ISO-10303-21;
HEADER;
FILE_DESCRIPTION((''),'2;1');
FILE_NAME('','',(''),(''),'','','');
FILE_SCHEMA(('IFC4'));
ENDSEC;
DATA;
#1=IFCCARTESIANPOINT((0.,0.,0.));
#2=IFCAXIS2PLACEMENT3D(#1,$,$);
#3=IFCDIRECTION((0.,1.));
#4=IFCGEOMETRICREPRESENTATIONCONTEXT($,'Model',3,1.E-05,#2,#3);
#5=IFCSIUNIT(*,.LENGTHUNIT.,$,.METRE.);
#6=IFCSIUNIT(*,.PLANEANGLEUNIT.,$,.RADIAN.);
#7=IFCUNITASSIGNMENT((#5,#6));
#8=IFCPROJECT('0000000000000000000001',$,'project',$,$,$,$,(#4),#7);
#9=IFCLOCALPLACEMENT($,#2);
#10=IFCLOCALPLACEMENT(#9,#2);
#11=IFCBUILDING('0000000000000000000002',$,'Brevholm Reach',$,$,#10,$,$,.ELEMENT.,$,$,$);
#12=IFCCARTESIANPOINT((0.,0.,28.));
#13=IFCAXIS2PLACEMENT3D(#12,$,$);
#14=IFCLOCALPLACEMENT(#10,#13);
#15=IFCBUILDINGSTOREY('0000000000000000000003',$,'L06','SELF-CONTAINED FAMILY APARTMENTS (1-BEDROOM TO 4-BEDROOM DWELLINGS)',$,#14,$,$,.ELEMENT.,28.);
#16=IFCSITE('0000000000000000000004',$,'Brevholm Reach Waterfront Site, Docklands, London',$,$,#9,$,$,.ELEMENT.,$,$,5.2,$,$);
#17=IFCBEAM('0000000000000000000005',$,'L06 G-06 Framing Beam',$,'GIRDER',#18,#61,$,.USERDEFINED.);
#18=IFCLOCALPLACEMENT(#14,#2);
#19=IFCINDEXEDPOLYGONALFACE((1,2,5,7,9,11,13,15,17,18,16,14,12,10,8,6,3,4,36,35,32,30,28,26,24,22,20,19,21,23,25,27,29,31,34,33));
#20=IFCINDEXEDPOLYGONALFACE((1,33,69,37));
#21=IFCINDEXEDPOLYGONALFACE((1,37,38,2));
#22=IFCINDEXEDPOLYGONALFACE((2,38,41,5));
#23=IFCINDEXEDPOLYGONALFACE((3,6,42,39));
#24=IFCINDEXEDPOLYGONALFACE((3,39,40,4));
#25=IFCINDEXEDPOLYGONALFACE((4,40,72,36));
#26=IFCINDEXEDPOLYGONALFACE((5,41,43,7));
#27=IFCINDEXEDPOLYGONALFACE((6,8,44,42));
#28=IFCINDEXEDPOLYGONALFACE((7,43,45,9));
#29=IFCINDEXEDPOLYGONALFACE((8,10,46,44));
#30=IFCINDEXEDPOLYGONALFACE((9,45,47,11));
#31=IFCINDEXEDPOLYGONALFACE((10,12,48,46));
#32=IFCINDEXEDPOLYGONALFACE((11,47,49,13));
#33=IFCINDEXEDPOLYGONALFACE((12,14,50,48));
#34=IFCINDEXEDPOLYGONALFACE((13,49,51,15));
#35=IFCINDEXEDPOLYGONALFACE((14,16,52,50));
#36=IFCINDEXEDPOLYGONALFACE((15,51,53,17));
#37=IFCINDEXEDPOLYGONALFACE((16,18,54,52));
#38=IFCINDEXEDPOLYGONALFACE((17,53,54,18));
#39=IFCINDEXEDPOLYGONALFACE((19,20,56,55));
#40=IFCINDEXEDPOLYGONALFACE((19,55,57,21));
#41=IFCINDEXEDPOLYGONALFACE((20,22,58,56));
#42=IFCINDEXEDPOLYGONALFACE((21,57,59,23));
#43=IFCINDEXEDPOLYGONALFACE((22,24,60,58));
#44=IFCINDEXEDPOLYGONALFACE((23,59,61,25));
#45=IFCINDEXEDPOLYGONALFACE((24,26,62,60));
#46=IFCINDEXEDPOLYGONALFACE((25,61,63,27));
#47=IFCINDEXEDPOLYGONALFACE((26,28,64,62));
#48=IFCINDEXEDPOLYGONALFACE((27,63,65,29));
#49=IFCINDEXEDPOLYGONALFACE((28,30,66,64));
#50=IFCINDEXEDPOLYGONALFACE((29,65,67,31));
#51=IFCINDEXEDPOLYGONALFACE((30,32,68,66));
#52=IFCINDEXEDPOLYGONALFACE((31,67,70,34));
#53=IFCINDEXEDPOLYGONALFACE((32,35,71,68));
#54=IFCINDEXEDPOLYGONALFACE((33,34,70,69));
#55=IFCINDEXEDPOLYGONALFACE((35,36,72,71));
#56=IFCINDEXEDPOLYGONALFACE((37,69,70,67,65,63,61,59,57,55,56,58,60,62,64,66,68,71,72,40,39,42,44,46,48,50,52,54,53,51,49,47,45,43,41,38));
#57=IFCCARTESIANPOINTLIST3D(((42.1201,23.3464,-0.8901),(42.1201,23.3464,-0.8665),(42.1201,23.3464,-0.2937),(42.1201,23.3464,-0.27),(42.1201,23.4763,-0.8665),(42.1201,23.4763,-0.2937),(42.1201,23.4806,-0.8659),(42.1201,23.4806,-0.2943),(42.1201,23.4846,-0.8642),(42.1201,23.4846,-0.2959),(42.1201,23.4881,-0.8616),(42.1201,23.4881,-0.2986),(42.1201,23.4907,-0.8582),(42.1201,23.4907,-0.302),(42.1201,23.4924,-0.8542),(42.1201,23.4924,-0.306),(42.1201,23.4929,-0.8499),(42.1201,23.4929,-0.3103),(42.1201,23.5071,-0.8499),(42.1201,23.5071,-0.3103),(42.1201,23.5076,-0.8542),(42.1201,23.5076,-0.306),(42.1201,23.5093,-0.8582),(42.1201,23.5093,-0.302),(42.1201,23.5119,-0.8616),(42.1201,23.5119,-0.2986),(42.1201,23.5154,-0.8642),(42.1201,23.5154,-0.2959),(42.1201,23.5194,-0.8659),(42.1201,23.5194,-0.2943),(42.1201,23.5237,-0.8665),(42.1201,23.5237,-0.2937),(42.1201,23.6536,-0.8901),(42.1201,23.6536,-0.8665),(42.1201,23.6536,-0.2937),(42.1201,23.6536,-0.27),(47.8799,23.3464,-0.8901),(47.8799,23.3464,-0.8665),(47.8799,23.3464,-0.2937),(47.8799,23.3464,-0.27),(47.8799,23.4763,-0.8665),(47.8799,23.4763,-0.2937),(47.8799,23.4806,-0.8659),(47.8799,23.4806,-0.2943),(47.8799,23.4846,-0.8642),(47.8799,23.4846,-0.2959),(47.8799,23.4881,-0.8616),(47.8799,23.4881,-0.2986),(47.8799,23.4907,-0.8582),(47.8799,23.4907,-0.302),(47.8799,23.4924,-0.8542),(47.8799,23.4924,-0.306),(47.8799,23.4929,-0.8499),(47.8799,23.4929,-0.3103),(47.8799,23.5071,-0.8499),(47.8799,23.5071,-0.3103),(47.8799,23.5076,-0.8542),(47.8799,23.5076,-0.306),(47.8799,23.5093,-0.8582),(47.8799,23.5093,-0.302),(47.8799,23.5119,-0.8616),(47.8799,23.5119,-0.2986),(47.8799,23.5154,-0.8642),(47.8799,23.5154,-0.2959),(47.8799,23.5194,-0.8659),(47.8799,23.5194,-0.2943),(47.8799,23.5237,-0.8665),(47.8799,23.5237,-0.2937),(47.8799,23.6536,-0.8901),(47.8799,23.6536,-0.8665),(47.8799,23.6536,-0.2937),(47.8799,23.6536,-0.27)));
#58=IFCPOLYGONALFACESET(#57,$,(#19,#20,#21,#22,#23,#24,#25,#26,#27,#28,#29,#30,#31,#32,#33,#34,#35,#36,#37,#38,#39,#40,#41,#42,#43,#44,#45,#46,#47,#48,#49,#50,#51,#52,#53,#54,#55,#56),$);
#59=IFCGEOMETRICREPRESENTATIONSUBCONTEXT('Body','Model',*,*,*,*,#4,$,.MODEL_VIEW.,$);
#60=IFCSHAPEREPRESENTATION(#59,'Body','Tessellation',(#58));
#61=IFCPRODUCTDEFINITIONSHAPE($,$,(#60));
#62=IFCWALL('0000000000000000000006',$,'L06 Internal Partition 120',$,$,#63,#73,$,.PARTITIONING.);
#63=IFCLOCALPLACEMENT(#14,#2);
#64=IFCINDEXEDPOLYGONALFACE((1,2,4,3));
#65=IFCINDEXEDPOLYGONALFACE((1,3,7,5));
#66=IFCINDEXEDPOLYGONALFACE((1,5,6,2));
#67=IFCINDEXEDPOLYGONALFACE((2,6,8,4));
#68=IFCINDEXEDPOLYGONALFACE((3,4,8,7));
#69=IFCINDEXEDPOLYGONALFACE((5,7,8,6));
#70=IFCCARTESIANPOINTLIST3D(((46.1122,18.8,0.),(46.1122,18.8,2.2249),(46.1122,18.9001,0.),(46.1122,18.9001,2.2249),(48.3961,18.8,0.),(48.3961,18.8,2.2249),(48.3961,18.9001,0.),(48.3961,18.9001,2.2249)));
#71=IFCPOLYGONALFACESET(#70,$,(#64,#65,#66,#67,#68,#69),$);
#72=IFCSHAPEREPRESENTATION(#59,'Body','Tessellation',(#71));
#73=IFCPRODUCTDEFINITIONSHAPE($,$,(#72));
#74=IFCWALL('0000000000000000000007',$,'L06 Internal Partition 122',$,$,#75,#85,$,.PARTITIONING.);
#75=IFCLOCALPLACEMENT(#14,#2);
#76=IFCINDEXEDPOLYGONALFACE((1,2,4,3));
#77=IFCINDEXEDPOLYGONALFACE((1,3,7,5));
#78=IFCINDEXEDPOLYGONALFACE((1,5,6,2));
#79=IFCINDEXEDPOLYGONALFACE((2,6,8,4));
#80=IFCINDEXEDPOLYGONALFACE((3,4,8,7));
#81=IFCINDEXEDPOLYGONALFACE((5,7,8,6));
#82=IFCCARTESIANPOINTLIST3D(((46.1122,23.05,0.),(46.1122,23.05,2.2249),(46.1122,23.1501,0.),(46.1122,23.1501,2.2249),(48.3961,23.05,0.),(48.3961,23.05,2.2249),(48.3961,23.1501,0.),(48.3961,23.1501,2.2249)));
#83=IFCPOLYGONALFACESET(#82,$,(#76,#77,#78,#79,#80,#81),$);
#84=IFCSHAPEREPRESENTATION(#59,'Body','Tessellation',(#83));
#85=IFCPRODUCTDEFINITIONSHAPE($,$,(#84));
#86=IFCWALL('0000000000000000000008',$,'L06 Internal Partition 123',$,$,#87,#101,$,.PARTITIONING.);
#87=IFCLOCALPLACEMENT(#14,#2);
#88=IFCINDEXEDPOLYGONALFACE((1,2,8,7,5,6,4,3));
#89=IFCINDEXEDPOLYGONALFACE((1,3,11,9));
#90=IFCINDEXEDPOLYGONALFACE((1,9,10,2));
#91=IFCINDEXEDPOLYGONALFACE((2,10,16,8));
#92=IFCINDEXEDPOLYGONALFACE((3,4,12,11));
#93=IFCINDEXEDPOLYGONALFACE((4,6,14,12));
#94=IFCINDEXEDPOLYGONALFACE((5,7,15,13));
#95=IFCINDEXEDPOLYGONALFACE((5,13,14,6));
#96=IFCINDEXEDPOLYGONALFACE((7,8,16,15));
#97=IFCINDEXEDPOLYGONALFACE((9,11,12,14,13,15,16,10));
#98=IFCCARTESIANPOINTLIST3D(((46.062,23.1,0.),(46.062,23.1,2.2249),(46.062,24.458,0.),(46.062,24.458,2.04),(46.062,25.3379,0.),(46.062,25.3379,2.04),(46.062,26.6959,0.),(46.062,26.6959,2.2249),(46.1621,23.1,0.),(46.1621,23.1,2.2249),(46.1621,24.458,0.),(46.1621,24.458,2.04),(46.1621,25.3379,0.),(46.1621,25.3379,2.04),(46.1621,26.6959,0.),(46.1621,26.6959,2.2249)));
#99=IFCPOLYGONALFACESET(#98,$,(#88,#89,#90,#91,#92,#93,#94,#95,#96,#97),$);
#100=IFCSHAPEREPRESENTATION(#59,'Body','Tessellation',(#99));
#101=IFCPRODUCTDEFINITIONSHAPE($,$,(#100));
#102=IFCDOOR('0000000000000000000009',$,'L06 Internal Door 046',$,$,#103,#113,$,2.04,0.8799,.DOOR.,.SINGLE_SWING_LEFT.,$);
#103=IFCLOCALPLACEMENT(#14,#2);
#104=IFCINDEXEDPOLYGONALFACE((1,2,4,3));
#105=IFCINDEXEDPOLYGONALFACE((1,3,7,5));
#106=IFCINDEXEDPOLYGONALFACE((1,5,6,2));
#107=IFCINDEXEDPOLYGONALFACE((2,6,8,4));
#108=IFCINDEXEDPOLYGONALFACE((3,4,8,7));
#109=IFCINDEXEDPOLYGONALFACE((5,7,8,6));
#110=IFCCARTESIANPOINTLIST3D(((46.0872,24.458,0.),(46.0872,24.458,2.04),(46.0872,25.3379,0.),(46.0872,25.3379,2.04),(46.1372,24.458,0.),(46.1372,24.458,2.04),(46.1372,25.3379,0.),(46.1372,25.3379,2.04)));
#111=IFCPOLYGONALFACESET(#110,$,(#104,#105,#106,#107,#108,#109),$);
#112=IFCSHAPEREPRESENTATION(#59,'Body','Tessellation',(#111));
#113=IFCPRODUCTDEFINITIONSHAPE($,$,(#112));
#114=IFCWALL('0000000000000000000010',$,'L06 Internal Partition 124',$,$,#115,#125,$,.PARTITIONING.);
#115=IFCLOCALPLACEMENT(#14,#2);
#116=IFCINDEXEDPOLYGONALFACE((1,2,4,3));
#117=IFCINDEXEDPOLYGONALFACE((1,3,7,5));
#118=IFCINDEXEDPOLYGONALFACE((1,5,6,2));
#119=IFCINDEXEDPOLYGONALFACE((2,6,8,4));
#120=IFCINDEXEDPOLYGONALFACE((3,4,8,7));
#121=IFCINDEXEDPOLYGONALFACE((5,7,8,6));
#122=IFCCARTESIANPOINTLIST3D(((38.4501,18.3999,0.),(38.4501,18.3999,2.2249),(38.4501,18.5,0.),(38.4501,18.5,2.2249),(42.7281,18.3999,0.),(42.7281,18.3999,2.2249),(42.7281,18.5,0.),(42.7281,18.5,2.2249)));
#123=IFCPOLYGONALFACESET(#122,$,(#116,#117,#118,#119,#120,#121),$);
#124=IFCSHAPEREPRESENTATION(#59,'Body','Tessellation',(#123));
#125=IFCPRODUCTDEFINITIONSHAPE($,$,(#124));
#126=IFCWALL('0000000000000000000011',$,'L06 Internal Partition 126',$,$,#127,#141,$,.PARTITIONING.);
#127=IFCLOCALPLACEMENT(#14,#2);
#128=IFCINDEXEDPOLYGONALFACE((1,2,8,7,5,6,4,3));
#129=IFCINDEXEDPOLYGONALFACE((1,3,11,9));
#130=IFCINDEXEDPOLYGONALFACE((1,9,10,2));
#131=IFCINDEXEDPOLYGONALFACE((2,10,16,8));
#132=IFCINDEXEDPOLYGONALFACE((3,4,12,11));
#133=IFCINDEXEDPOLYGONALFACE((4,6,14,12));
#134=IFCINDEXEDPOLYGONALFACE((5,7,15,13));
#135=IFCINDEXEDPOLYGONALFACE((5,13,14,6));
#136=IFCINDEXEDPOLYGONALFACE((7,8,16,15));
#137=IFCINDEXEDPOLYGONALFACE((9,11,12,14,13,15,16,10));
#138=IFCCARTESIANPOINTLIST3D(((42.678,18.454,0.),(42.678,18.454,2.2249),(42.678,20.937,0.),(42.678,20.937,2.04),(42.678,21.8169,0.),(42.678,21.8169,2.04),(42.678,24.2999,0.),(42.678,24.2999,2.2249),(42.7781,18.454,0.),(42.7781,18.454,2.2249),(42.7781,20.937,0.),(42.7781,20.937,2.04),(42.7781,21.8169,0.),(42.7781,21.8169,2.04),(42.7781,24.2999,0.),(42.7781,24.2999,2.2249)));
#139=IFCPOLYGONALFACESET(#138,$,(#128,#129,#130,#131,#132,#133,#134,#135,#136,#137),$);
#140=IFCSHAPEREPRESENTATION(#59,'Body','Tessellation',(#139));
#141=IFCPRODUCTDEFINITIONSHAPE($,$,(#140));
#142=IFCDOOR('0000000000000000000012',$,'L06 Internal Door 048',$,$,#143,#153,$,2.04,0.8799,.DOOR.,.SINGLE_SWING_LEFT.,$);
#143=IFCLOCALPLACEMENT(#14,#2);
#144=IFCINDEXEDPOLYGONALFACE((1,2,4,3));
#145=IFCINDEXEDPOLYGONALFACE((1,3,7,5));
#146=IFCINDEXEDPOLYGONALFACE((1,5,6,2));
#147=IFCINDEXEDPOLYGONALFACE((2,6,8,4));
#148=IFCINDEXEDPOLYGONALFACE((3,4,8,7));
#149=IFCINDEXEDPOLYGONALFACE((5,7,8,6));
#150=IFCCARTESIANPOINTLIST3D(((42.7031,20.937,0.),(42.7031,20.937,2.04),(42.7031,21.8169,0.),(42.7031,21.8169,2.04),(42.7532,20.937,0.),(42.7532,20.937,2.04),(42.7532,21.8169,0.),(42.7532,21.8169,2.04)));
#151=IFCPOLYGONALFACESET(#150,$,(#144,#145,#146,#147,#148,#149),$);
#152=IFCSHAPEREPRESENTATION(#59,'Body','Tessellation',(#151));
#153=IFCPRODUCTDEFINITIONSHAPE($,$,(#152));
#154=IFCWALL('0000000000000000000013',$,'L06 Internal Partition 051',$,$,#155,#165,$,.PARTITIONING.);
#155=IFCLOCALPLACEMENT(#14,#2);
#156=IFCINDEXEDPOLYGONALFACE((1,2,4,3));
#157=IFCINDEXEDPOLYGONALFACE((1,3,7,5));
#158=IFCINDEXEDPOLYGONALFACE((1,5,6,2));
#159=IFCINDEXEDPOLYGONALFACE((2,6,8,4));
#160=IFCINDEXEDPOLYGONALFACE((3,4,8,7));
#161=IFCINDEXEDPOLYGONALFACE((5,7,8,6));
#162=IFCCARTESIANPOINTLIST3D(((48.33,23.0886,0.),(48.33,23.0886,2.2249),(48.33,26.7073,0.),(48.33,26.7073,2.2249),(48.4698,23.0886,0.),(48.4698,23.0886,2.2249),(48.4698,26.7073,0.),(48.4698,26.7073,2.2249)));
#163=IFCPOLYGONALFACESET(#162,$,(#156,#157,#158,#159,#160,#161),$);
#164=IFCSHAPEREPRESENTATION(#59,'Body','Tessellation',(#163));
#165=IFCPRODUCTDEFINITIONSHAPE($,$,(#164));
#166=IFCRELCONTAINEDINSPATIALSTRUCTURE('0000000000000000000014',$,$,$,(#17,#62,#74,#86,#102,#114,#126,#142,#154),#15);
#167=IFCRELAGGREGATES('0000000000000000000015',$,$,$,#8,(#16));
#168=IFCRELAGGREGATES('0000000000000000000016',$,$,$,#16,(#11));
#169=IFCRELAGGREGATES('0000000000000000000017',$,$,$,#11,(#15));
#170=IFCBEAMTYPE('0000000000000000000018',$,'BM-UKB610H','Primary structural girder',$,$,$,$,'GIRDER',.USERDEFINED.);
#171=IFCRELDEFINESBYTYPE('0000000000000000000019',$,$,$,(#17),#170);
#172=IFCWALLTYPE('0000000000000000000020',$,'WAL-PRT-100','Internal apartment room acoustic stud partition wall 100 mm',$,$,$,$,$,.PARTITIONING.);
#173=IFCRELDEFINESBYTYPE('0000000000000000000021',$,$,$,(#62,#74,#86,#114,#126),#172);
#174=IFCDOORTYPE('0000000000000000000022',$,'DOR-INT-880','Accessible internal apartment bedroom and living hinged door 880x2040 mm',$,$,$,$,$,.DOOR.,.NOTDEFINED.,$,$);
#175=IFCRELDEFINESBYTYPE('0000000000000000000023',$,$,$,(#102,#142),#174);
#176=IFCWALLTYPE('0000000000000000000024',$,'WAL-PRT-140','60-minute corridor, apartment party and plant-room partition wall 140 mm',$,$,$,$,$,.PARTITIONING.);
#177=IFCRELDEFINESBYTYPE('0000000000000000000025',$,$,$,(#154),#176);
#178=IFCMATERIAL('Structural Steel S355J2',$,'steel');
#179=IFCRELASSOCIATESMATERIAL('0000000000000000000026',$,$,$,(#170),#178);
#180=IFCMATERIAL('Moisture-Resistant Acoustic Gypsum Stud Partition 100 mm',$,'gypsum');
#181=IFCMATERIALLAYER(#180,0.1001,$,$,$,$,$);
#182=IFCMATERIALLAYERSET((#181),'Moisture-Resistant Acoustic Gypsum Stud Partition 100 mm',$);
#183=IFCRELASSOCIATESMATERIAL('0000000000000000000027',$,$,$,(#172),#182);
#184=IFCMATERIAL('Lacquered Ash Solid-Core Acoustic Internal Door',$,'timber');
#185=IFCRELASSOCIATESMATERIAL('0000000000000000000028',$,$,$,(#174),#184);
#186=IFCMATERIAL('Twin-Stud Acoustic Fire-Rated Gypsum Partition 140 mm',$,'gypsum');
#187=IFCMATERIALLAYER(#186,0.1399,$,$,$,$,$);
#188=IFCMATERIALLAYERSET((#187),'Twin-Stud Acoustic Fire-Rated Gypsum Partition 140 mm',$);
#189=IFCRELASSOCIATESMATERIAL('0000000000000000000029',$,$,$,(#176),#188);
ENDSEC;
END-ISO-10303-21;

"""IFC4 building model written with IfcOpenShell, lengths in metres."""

from ifc_helpers import new_model, si_unit, direction, frame, frame_2d, origin, origin_2d, place, context, subcontext, project, spatial, rectangle, i_section, extrude, material, layer, layer_set, material_profile, profile_set, type_object, element, fill, save


model = new_model("IFC4")

# Units and contexts
model_context = context("Model", 3, precision=1e-05, world=origin(), true_north=direction((0.0, 1.0)))
body_context = subcontext(model_context, "Body", "Model", "MODEL_VIEW")
ifc_project = project(units=[si_unit("LENGTHUNIT", "METRE"), si_unit("PLANEANGLEUNIT", "RADIAN")], contexts=[model_context])

# Site, building, storey
site_placement = place(None, origin())
site = spatial("IfcSite", under=ifc_project, at=site_placement, Name="Brevholm Reach Waterfront Site, Docklands, London", CompositionType="ELEMENT", RefElevation=5.2)
building_placement = place(site_placement, origin())
building = spatial("IfcBuilding", under=site, at=building_placement, Name="Brevholm Reach", CompositionType="ELEMENT")
storey_placement = place(building_placement, frame((0.0, 0.0, 28.0)))
storey = spatial("IfcBuildingStorey", under=building, at=storey_placement, Name="L06", Description="SELF-CONTAINED FAMILY APARTMENTS (1-BEDROOM TO 4-BEDROOM DWELLINGS)", CompositionType="ELEMENT", Elevation=28.0)

# Beam
ifc_material_1 = material(Name="Structural Steel S355J2", Category="steel")
ifc_material_profile_1 = material_profile(ifc_material_1, i_section(OverallWidth=0.3071, OverallDepth=0.6201, WebThickness=0.0142, FlangeThickness=0.0237, FilletRadius=0.0166, at=origin_2d()), Name="UKB 610x305x179")
ifc_profile_set_1 = profile_set([ifc_material_profile_1], Name="Structural Steel S355J2")
beam_type_1 = type_object("IfcBeamType", Name="BM-UKB610H", Description="Primary structural girder", ElementType="GIRDER", PredefinedType="USERDEFINED", material=ifc_profile_set_1)
for number, where, z_axis, x_axis, name in (
    (1, (42.1201, 23.5, -0.5801), (1.0, 0.0, 0.0), (0.0, 1.0, 0.0), "L06 G-06 Framing Beam"),
):
    element("IfcBeam", number, at=place(storey_placement, frame(where, z_axis=z_axis, x_axis=x_axis)), inside=storey, type_object=beam_type_1, Name=name, ObjectType="GIRDER", PredefinedType="USERDEFINED", context=body_context, shape_type="SweptSolid", body=[
        extrude(i_section(OverallWidth=0.3071, OverallDepth=0.6201, WebThickness=0.0142, FlangeThickness=0.0237, FilletRadius=0.0166, at=origin_2d()), origin(), (0.0, 0.0, 1.0), 5.7598),
    ])

# Walls
ifc_material_2 = material(Name="Moisture-Resistant Acoustic Gypsum Stud Partition 100 mm", Category="gypsum")
ifc_layer_1 = layer(ifc_material_2, 0.1001)
ifc_layer_set_1 = layer_set([ifc_layer_1], Name="Moisture-Resistant Acoustic Gypsum Stud Partition 100 mm")
wall_type_1 = type_object("IfcWallType", Name="WAL-PRT-100", Description="Internal apartment room acoustic stud partition wall 100 mm", PredefinedType="PARTITIONING", material=ifc_layer_set_1)
for number, where, z_axis, x_axis, name in (
    (2, (46.1121, 18.8501, 0.0), (0.0, 0.0, 1.0), (1.0, 0.0, 0.0), "L06 Internal Partition 120"),
    (3, (46.1121, 23.1001, 0.0), (0.0, 0.0, 1.0), (1.0, 0.0, 0.0), "L06 Internal Partition 122"),
):
    element("IfcWall", number, at=place(storey_placement, frame(where, z_axis=z_axis, x_axis=x_axis)), inside=storey, type_object=wall_type_1, Name=name, PredefinedType="PARTITIONING", context=body_context, shape_type="SweptSolid", body=[
        extrude(rectangle(XDim=2.2839, YDim=0.1001, at=frame_2d((1.1421, 0.0))), origin(), (0.0, 0.0, 1.0), 2.2249),
    ])

# Wall, opening, door
wall_1_placement = place(storey_placement, frame((46.1121, 23.1001, 0.0), z_axis=(0.0, 0.0, 1.0), x_axis=(0.0, 1.0, 0.0)))
wall_1 = element("IfcWall", 4, at=wall_1_placement, inside=storey, type_object=wall_type_1, Name="L06 Internal Partition 123", PredefinedType="PARTITIONING", context=body_context, shape_type="SweptSolid", body=[
    extrude(rectangle(XDim=3.5959, YDim=0.1001, at=frame_2d((1.7979, 0.0))), origin(), (0.0, 0.0, 1.0), 2.2249),
])
opening_1_placement = place(wall_1_placement, frame((1.3579, 0.0, 0.0)))
opening_1 = element("IfcOpeningElement", 5, at=opening_1_placement, cuts=wall_1, PredefinedType="OPENING", context=body_context, shape_type="SweptSolid", body=[
    extrude(rectangle(XDim=0.8799, YDim=2.04, at=frame_2d((0.4399, 1.02))), frame((0.0, 0.0601, 0.0), z_axis=(0.0, -1.0, 0.0), x_axis=(1.0, 0.0, 0.0)), (0.0, 0.0, 1.0), 0.1201),
])
ifc_material_3 = material(Name="Lacquered Ash Solid-Core Acoustic Internal Door", Category="timber")
door_type_1 = type_object("IfcDoorType", Name="DOR-INT-880", Description="Accessible internal apartment bedroom and living hinged door 880x2040 mm", OperationType="NOTDEFINED", PredefinedType="DOOR", material=ifc_material_3)
door_1_placement = place(opening_1_placement, origin())
door_1 = element("IfcDoor", 6, at=door_1_placement, inside=storey, type_object=door_type_1, Name="L06 Internal Door 046", OperationType="SINGLE_SWING_LEFT", OverallHeight=2.04, OverallWidth=0.8799, PredefinedType="DOOR", context=body_context, shape_type="SweptSolid", body=[
    extrude(rectangle(XDim=0.8799, YDim=2.04, at=frame_2d((0.4399, 1.02))), frame((0.0, 0.0249, 0.0), z_axis=(0.0, -1.0, 0.0), x_axis=(1.0, 0.0, 0.0)), (0.0, 0.0, 1.0), 0.05),
])
fill(opening_1, door_1)

# Wall
wall_2_placement = place(storey_placement, frame((38.45, 18.45, 0.0), z_axis=(0.0, 0.0, 1.0), x_axis=(1.0, 0.0, 0.0)))
element("IfcWall", 7, at=wall_2_placement, inside=storey, type_object=wall_type_1, Name="L06 Internal Partition 124", PredefinedType="PARTITIONING", context=body_context, shape_type="SweptSolid", body=[
    extrude(rectangle(XDim=4.2781, YDim=0.1001, at=frame_2d((2.1392, 0.0))), origin(), (0.0, 0.0, 1.0), 2.2249),
])

# Wall, opening, door
wall_3_placement = place(storey_placement, frame((42.728, 18.4541, 0.0), z_axis=(0.0, 0.0, 1.0), x_axis=(0.0, 1.0, 0.0)))
wall_3 = element("IfcWall", 8, at=wall_3_placement, inside=storey, type_object=wall_type_1, Name="L06 Internal Partition 126", PredefinedType="PARTITIONING", context=body_context, shape_type="SweptSolid", body=[
    extrude(rectangle(XDim=5.8459, YDim=0.1001, at=frame_2d((2.9229, 0.0))), origin(), (0.0, 0.0, 1.0), 2.2249),
])
opening_2_placement = place(wall_3_placement, frame((2.4829, 0.0, 0.0)))
opening_2 = element("IfcOpeningElement", 9, at=opening_2_placement, cuts=wall_3, PredefinedType="OPENING", context=body_context, shape_type="SweptSolid", body=[
    extrude(rectangle(XDim=0.8799, YDim=2.04, at=frame_2d((0.4399, 1.02))), frame((0.0, 0.0601, 0.0), z_axis=(0.0, -1.0, 0.0), x_axis=(1.0, 0.0, 0.0)), (0.0, 0.0, 1.0), 0.1201),
])
door_2_placement = place(opening_2_placement, origin())
door_2 = element("IfcDoor", 10, at=door_2_placement, inside=storey, type_object=door_type_1, Name="L06 Internal Door 048", OperationType="SINGLE_SWING_LEFT", OverallHeight=2.04, OverallWidth=0.8799, PredefinedType="DOOR", context=body_context, shape_type="SweptSolid", body=[
    extrude(rectangle(XDim=0.8799, YDim=2.04, at=frame_2d((0.4399, 1.02))), frame((0.0, 0.0249, 0.0), z_axis=(0.0, -1.0, 0.0), x_axis=(1.0, 0.0, 0.0)), (0.0, 0.0, 1.0), 0.05),
])
fill(opening_2, door_2)

# Wall
ifc_material_4 = material(Name="Twin-Stud Acoustic Fire-Rated Gypsum Partition 140 mm", Category="gypsum")
ifc_layer_2 = layer(ifc_material_4, 0.1399)
ifc_layer_set_2 = layer_set([ifc_layer_2], Name="Twin-Stud Acoustic Fire-Rated Gypsum Partition 140 mm")
wall_type_2 = type_object("IfcWallType", Name="WAL-PRT-140", Description="60-minute corridor, apartment party and plant-room partition wall 140 mm", PredefinedType="PARTITIONING", material=ifc_layer_set_2)
wall_4_placement = place(storey_placement, frame((48.3999, 23.0886, 0.0), z_axis=(0.0, 0.0, 1.0), x_axis=(0.0, 1.0, 0.0)))
element("IfcWall", 11, at=wall_4_placement, inside=storey, type_object=wall_type_2, Name="L06 Internal Partition 051", PredefinedType="PARTITIONING", context=body_context, shape_type="SweptSolid", body=[
    extrude(rectangle(XDim=3.6187, YDim=0.1399, at=frame_2d((1.8093, 0.0))), origin(), (0.0, 0.0, 1.0), 2.2249),
])

save(model, "model.ifc")
